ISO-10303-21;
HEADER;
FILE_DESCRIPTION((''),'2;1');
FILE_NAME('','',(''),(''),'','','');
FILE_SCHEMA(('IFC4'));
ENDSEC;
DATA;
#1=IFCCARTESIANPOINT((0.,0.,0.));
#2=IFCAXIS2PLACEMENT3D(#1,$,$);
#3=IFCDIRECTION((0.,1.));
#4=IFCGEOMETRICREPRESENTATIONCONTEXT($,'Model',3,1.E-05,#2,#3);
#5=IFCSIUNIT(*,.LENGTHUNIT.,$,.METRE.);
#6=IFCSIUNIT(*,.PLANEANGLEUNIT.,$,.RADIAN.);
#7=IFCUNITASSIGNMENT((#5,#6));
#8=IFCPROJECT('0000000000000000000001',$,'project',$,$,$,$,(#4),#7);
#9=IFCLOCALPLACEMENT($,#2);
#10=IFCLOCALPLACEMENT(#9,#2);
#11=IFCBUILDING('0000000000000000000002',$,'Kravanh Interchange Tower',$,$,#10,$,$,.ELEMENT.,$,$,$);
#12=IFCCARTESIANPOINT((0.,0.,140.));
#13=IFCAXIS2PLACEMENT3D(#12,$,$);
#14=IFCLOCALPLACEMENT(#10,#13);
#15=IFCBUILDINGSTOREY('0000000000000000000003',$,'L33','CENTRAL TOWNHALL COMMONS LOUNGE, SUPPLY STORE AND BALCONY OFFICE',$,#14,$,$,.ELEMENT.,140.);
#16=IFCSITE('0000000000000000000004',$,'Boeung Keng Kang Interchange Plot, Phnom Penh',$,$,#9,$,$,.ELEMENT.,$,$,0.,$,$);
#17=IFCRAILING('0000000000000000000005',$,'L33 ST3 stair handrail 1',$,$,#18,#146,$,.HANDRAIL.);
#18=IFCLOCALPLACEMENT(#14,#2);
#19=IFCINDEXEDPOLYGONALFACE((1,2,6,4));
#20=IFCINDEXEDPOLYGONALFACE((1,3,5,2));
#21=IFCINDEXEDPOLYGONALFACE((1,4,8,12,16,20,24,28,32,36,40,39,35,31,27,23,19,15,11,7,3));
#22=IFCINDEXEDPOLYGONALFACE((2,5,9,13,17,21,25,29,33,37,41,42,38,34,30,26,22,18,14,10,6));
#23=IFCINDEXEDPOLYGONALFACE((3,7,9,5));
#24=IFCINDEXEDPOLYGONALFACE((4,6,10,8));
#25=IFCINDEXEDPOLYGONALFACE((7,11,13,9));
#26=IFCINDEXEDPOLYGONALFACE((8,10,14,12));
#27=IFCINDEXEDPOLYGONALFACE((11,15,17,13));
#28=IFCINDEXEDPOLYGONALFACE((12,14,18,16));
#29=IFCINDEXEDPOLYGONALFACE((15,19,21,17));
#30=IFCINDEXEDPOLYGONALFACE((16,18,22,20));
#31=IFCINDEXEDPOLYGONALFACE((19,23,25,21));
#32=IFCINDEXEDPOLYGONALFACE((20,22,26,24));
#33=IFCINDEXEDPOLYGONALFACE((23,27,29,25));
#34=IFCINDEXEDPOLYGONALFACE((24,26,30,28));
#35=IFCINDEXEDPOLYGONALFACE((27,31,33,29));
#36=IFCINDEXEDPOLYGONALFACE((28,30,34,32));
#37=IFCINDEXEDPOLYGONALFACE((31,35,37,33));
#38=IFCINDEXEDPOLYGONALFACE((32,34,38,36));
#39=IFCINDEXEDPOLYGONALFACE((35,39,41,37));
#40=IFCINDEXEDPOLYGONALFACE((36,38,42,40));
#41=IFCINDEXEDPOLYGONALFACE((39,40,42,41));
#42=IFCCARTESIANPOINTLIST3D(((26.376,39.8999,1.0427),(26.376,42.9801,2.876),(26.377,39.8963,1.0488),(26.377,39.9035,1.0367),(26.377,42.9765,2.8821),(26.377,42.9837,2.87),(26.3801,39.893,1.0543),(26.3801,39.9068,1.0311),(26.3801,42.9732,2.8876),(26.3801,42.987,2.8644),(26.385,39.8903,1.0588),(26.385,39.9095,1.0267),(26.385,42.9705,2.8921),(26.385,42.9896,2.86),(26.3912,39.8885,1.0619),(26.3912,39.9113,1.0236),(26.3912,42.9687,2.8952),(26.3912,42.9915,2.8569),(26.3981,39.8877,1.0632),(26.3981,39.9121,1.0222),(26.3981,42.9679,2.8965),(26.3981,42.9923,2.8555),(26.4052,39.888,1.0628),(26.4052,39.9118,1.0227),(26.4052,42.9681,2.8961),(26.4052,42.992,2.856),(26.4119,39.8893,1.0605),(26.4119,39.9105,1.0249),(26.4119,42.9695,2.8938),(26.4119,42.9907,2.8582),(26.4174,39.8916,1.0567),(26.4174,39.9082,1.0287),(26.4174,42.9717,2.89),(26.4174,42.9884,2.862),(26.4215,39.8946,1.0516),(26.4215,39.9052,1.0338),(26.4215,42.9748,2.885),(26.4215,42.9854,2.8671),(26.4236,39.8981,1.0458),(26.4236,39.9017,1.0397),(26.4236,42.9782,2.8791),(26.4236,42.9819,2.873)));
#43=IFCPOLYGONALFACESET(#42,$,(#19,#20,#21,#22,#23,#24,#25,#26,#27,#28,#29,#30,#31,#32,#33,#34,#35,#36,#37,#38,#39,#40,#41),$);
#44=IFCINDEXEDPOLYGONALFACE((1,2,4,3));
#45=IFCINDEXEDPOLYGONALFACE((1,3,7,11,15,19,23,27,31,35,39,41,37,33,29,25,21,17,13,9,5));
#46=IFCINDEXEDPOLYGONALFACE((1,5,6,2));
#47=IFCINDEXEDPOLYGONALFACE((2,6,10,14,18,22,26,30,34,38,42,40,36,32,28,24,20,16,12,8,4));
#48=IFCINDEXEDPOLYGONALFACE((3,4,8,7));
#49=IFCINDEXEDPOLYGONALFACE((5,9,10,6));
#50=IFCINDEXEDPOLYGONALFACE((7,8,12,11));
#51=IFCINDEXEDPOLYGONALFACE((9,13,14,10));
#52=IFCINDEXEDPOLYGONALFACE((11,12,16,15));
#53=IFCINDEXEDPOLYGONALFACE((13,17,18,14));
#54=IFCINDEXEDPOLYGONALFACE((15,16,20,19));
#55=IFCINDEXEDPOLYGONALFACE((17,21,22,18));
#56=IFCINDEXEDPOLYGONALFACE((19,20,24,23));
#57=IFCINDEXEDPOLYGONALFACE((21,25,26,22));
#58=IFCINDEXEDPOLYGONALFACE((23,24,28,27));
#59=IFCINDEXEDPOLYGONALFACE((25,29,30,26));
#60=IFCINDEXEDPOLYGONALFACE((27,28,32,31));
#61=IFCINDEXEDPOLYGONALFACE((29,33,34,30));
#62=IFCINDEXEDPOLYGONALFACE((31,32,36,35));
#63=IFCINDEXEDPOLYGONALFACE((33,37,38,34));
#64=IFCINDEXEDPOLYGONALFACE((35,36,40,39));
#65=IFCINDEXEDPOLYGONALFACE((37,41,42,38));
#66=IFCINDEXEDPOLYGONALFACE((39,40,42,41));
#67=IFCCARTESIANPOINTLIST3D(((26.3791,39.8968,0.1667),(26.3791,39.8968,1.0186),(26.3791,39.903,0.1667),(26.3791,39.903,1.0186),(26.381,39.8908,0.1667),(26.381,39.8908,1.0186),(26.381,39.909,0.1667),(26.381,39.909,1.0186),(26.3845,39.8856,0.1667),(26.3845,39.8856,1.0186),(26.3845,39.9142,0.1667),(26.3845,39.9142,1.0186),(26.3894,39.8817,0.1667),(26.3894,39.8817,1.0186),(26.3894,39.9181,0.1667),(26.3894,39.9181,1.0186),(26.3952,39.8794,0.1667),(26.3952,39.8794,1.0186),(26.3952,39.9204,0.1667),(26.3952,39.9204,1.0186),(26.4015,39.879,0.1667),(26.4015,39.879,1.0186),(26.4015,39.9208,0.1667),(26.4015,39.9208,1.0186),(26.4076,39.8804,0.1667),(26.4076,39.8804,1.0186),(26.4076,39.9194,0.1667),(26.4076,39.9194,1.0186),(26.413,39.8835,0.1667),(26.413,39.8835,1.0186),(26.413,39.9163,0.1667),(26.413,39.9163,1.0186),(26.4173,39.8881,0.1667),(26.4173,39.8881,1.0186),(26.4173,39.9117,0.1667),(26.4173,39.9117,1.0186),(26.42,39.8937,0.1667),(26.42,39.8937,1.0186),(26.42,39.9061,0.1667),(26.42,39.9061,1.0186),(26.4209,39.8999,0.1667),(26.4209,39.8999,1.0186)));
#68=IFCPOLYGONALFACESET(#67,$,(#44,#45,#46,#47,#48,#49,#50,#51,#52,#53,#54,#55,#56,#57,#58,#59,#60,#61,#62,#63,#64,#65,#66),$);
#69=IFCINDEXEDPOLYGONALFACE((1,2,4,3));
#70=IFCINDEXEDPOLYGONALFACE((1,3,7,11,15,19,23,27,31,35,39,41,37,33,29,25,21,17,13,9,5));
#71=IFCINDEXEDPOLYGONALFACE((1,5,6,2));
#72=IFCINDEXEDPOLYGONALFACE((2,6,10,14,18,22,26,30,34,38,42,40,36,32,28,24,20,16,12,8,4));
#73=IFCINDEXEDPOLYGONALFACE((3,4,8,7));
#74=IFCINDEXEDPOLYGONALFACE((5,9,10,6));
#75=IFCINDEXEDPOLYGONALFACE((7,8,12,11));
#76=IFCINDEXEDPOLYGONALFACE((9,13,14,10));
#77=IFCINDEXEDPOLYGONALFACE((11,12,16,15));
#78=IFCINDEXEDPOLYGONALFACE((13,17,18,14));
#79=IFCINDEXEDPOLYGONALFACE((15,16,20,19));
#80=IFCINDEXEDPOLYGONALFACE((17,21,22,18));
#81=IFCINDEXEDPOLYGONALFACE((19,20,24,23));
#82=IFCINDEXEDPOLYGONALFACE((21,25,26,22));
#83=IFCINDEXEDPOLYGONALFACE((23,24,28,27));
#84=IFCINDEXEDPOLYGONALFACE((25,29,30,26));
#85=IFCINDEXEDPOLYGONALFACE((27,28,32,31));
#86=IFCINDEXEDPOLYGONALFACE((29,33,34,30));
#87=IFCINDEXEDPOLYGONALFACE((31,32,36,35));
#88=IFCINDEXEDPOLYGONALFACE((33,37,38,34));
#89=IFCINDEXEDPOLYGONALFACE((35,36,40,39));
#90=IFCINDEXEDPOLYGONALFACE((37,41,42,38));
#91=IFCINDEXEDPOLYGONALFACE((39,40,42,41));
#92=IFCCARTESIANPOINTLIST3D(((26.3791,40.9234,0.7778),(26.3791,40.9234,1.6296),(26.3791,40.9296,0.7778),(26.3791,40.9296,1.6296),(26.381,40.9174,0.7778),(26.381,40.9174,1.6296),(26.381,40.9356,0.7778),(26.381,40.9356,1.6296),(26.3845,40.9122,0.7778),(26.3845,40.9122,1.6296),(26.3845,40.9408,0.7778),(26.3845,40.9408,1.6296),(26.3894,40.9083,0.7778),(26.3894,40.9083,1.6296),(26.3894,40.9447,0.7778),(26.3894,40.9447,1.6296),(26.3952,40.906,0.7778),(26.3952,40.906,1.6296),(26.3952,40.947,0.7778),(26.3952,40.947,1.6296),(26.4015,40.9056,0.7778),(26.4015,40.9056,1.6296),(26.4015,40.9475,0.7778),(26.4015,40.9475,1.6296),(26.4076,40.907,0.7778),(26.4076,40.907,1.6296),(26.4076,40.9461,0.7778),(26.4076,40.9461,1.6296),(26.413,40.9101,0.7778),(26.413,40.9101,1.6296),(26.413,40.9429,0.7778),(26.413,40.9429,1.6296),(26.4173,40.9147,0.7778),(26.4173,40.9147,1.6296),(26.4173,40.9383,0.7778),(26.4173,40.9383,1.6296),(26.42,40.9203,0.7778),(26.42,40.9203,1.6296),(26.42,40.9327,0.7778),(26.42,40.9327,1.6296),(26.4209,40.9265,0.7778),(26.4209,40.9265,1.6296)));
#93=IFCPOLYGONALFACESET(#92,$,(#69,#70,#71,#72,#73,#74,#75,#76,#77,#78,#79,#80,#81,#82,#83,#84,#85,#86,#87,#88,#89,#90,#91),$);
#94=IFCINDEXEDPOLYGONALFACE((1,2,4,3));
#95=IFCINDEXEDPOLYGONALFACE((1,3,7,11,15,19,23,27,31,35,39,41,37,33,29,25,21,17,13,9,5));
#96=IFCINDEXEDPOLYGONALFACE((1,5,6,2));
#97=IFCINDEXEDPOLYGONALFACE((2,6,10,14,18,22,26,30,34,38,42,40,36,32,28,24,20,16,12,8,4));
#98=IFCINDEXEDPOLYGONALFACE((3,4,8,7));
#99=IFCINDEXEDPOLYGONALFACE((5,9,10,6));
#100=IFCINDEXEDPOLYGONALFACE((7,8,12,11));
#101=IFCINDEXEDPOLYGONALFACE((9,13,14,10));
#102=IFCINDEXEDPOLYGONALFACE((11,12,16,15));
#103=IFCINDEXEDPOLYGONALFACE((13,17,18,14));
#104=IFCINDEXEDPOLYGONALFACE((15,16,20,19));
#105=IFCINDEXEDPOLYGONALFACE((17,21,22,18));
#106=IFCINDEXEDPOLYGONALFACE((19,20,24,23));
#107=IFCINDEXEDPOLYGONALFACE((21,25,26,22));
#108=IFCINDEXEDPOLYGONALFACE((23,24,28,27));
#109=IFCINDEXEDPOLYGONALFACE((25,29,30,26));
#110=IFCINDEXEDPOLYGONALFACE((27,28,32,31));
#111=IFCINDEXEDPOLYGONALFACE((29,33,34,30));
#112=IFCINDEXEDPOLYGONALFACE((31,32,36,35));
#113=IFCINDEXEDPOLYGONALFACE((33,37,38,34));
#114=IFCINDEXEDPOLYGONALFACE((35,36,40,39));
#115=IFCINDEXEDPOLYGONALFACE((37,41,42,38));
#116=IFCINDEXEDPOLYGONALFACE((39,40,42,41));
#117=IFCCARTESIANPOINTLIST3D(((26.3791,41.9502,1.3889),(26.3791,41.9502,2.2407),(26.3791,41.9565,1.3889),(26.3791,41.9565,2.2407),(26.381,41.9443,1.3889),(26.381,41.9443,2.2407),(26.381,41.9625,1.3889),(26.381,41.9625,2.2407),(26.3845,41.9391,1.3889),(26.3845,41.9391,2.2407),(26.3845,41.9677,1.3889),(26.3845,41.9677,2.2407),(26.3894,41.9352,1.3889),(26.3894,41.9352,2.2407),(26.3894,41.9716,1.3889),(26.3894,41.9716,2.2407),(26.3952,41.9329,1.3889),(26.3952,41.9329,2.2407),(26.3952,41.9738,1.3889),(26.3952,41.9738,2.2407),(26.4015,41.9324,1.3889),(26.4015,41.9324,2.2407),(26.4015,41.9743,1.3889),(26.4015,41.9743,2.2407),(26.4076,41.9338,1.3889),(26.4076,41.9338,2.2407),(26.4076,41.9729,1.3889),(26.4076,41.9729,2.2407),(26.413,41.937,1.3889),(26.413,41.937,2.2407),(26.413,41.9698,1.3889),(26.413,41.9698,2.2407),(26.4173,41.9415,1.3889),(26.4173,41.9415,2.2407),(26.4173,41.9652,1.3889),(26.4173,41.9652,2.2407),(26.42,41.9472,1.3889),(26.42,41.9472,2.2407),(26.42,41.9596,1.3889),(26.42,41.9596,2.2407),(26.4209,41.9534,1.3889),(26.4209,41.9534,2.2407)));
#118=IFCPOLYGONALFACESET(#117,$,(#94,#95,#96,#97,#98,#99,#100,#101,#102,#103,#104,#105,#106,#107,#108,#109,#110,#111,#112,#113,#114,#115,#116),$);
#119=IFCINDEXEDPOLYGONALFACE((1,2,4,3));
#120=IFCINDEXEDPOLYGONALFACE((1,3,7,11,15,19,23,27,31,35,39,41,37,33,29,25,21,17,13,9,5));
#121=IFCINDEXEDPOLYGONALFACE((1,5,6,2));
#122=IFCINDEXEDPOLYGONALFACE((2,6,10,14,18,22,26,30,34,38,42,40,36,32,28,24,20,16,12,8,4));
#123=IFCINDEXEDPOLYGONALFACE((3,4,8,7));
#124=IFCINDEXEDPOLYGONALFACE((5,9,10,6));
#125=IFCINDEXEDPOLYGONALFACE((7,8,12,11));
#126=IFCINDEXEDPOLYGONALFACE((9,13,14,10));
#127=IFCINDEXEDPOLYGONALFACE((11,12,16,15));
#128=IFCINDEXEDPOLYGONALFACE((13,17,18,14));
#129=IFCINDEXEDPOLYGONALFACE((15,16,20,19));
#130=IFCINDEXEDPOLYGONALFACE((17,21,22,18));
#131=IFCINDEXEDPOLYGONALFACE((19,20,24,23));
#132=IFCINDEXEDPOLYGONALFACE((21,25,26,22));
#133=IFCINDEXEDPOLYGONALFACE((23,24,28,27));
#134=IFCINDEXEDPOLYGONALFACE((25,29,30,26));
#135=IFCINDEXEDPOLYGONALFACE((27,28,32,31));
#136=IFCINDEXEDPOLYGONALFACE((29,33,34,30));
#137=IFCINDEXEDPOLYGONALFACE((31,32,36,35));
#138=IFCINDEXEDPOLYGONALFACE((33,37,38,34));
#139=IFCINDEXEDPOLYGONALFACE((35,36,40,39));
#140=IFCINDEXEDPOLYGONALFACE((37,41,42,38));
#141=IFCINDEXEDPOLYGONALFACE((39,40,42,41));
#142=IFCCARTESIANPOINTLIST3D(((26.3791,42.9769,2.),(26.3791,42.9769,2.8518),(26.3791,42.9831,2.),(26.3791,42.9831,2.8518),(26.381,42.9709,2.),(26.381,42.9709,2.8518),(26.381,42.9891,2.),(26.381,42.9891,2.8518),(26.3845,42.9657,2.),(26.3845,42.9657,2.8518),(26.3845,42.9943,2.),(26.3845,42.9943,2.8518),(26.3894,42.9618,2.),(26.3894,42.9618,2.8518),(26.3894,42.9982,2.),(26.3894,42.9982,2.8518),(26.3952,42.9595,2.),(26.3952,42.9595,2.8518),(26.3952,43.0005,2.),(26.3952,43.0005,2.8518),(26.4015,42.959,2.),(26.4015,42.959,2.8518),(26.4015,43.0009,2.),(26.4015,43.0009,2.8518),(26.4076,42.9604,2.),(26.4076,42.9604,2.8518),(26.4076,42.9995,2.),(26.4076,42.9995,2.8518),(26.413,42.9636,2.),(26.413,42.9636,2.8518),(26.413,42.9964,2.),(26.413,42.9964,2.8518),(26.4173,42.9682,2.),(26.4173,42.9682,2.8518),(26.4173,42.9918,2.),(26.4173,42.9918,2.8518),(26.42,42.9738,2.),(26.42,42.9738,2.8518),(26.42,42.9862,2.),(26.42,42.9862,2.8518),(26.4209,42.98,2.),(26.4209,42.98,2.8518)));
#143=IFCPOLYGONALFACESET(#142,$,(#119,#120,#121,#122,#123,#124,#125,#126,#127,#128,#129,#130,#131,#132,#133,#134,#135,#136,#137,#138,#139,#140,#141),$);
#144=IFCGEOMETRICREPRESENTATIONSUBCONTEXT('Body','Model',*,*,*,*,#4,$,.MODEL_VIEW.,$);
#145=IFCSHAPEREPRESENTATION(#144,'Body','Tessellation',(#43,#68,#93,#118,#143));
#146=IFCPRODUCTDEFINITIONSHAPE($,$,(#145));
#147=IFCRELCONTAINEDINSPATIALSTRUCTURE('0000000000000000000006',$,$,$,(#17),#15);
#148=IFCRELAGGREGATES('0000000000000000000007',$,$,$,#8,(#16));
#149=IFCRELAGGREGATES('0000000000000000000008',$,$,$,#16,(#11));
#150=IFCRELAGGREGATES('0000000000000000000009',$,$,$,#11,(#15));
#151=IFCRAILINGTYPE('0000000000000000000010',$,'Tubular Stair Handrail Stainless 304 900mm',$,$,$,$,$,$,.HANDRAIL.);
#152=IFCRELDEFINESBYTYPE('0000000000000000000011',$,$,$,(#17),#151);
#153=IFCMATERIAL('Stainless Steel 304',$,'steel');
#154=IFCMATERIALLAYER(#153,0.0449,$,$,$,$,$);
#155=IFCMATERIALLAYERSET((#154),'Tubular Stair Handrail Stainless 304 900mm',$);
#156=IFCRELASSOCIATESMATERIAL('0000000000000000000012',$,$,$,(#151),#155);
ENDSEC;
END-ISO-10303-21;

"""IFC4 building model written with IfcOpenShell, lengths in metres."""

from ifc_helpers import new_model, si_unit, direction, frame, origin, origin_2d, place, context, subcontext, project, spatial, circle, extrude, material, layer, layer_set, type_object, element, save


model = new_model("IFC4")

# Units and contexts
model_context = context("Model", 3, precision=1e-05, world=origin(), true_north=direction((0.0, 1.0)))
body_context = subcontext(model_context, "Body", "Model", "MODEL_VIEW")
ifc_project = project(units=[si_unit("LENGTHUNIT", "METRE"), si_unit("PLANEANGLEUNIT", "RADIAN")], contexts=[model_context])

# Site, building, storey
site_placement = place(None, origin())
site = spatial("IfcSite", under=ifc_project, at=site_placement, Name="Boeung Keng Kang Interchange Plot, Phnom Penh", CompositionType="ELEMENT", RefElevation=0.0)
building_placement = place(site_placement, origin())
building = spatial("IfcBuilding", under=site, at=building_placement, Name="Kravanh Interchange Tower", CompositionType="ELEMENT")
storey_placement = place(building_placement, frame((0.0, 0.0, 140.0)))
storey = spatial("IfcBuildingStorey", under=building, at=storey_placement, Name="L33", Description="CENTRAL TOWNHALL COMMONS LOUNGE, SUPPLY STORE AND BALCONY OFFICE", CompositionType="ELEMENT", Elevation=140.0)

# Railing
ifc_material_1 = material(Name="Stainless Steel 304", Category="steel")
ifc_layer_1 = layer(ifc_material_1, 0.0449)
ifc_layer_set_1 = layer_set([ifc_layer_1], Name="Tubular Stair Handrail Stainless 304 900mm")
railing_type_1 = type_object("IfcRailingType", Name="Tubular Stair Handrail Stainless 304 900mm", PredefinedType="HANDRAIL", material=ifc_layer_set_1)
railing_1_placement = place(storey_placement, frame((26.3999, 39.8999, 0.1667)))
element("IfcRailing", 1, at=railing_1_placement, inside=storey, type_object=railing_type_1, Name="L33 ST3 stair handrail 1", PredefinedType="HANDRAIL", context=body_context, shape_type="SweptSolid", body=[
    extrude(circle(Radius=0.0239, at=origin_2d()), frame((0.0, 0.0, 0.876), z_axis=(0.0, 0.859309, 0.511458), x_axis=(-1.0, 0.0, 0.0)), (0.0, 0.0, 1.0), 3.5845),
    extrude(circle(Radius=0.021, at=origin_2d()), origin(), (0.0, 0.0, 1.0), 0.8518),
    extrude(circle(Radius=0.021, at=origin_2d()), frame((0.0, 1.0266, 0.6111)), (0.0, 0.0, 1.0), 0.8518),
    extrude(circle(Radius=0.021, at=origin_2d()), frame((0.0, 2.0535, 1.2222)), (0.0, 0.0, 1.0), 0.8518),
    extrude(circle(Radius=0.021, at=origin_2d()), frame((0.0, 3.0801, 1.8333)), (0.0, 0.0, 1.0), 0.8518),
])

save(model, "model.ifc")
